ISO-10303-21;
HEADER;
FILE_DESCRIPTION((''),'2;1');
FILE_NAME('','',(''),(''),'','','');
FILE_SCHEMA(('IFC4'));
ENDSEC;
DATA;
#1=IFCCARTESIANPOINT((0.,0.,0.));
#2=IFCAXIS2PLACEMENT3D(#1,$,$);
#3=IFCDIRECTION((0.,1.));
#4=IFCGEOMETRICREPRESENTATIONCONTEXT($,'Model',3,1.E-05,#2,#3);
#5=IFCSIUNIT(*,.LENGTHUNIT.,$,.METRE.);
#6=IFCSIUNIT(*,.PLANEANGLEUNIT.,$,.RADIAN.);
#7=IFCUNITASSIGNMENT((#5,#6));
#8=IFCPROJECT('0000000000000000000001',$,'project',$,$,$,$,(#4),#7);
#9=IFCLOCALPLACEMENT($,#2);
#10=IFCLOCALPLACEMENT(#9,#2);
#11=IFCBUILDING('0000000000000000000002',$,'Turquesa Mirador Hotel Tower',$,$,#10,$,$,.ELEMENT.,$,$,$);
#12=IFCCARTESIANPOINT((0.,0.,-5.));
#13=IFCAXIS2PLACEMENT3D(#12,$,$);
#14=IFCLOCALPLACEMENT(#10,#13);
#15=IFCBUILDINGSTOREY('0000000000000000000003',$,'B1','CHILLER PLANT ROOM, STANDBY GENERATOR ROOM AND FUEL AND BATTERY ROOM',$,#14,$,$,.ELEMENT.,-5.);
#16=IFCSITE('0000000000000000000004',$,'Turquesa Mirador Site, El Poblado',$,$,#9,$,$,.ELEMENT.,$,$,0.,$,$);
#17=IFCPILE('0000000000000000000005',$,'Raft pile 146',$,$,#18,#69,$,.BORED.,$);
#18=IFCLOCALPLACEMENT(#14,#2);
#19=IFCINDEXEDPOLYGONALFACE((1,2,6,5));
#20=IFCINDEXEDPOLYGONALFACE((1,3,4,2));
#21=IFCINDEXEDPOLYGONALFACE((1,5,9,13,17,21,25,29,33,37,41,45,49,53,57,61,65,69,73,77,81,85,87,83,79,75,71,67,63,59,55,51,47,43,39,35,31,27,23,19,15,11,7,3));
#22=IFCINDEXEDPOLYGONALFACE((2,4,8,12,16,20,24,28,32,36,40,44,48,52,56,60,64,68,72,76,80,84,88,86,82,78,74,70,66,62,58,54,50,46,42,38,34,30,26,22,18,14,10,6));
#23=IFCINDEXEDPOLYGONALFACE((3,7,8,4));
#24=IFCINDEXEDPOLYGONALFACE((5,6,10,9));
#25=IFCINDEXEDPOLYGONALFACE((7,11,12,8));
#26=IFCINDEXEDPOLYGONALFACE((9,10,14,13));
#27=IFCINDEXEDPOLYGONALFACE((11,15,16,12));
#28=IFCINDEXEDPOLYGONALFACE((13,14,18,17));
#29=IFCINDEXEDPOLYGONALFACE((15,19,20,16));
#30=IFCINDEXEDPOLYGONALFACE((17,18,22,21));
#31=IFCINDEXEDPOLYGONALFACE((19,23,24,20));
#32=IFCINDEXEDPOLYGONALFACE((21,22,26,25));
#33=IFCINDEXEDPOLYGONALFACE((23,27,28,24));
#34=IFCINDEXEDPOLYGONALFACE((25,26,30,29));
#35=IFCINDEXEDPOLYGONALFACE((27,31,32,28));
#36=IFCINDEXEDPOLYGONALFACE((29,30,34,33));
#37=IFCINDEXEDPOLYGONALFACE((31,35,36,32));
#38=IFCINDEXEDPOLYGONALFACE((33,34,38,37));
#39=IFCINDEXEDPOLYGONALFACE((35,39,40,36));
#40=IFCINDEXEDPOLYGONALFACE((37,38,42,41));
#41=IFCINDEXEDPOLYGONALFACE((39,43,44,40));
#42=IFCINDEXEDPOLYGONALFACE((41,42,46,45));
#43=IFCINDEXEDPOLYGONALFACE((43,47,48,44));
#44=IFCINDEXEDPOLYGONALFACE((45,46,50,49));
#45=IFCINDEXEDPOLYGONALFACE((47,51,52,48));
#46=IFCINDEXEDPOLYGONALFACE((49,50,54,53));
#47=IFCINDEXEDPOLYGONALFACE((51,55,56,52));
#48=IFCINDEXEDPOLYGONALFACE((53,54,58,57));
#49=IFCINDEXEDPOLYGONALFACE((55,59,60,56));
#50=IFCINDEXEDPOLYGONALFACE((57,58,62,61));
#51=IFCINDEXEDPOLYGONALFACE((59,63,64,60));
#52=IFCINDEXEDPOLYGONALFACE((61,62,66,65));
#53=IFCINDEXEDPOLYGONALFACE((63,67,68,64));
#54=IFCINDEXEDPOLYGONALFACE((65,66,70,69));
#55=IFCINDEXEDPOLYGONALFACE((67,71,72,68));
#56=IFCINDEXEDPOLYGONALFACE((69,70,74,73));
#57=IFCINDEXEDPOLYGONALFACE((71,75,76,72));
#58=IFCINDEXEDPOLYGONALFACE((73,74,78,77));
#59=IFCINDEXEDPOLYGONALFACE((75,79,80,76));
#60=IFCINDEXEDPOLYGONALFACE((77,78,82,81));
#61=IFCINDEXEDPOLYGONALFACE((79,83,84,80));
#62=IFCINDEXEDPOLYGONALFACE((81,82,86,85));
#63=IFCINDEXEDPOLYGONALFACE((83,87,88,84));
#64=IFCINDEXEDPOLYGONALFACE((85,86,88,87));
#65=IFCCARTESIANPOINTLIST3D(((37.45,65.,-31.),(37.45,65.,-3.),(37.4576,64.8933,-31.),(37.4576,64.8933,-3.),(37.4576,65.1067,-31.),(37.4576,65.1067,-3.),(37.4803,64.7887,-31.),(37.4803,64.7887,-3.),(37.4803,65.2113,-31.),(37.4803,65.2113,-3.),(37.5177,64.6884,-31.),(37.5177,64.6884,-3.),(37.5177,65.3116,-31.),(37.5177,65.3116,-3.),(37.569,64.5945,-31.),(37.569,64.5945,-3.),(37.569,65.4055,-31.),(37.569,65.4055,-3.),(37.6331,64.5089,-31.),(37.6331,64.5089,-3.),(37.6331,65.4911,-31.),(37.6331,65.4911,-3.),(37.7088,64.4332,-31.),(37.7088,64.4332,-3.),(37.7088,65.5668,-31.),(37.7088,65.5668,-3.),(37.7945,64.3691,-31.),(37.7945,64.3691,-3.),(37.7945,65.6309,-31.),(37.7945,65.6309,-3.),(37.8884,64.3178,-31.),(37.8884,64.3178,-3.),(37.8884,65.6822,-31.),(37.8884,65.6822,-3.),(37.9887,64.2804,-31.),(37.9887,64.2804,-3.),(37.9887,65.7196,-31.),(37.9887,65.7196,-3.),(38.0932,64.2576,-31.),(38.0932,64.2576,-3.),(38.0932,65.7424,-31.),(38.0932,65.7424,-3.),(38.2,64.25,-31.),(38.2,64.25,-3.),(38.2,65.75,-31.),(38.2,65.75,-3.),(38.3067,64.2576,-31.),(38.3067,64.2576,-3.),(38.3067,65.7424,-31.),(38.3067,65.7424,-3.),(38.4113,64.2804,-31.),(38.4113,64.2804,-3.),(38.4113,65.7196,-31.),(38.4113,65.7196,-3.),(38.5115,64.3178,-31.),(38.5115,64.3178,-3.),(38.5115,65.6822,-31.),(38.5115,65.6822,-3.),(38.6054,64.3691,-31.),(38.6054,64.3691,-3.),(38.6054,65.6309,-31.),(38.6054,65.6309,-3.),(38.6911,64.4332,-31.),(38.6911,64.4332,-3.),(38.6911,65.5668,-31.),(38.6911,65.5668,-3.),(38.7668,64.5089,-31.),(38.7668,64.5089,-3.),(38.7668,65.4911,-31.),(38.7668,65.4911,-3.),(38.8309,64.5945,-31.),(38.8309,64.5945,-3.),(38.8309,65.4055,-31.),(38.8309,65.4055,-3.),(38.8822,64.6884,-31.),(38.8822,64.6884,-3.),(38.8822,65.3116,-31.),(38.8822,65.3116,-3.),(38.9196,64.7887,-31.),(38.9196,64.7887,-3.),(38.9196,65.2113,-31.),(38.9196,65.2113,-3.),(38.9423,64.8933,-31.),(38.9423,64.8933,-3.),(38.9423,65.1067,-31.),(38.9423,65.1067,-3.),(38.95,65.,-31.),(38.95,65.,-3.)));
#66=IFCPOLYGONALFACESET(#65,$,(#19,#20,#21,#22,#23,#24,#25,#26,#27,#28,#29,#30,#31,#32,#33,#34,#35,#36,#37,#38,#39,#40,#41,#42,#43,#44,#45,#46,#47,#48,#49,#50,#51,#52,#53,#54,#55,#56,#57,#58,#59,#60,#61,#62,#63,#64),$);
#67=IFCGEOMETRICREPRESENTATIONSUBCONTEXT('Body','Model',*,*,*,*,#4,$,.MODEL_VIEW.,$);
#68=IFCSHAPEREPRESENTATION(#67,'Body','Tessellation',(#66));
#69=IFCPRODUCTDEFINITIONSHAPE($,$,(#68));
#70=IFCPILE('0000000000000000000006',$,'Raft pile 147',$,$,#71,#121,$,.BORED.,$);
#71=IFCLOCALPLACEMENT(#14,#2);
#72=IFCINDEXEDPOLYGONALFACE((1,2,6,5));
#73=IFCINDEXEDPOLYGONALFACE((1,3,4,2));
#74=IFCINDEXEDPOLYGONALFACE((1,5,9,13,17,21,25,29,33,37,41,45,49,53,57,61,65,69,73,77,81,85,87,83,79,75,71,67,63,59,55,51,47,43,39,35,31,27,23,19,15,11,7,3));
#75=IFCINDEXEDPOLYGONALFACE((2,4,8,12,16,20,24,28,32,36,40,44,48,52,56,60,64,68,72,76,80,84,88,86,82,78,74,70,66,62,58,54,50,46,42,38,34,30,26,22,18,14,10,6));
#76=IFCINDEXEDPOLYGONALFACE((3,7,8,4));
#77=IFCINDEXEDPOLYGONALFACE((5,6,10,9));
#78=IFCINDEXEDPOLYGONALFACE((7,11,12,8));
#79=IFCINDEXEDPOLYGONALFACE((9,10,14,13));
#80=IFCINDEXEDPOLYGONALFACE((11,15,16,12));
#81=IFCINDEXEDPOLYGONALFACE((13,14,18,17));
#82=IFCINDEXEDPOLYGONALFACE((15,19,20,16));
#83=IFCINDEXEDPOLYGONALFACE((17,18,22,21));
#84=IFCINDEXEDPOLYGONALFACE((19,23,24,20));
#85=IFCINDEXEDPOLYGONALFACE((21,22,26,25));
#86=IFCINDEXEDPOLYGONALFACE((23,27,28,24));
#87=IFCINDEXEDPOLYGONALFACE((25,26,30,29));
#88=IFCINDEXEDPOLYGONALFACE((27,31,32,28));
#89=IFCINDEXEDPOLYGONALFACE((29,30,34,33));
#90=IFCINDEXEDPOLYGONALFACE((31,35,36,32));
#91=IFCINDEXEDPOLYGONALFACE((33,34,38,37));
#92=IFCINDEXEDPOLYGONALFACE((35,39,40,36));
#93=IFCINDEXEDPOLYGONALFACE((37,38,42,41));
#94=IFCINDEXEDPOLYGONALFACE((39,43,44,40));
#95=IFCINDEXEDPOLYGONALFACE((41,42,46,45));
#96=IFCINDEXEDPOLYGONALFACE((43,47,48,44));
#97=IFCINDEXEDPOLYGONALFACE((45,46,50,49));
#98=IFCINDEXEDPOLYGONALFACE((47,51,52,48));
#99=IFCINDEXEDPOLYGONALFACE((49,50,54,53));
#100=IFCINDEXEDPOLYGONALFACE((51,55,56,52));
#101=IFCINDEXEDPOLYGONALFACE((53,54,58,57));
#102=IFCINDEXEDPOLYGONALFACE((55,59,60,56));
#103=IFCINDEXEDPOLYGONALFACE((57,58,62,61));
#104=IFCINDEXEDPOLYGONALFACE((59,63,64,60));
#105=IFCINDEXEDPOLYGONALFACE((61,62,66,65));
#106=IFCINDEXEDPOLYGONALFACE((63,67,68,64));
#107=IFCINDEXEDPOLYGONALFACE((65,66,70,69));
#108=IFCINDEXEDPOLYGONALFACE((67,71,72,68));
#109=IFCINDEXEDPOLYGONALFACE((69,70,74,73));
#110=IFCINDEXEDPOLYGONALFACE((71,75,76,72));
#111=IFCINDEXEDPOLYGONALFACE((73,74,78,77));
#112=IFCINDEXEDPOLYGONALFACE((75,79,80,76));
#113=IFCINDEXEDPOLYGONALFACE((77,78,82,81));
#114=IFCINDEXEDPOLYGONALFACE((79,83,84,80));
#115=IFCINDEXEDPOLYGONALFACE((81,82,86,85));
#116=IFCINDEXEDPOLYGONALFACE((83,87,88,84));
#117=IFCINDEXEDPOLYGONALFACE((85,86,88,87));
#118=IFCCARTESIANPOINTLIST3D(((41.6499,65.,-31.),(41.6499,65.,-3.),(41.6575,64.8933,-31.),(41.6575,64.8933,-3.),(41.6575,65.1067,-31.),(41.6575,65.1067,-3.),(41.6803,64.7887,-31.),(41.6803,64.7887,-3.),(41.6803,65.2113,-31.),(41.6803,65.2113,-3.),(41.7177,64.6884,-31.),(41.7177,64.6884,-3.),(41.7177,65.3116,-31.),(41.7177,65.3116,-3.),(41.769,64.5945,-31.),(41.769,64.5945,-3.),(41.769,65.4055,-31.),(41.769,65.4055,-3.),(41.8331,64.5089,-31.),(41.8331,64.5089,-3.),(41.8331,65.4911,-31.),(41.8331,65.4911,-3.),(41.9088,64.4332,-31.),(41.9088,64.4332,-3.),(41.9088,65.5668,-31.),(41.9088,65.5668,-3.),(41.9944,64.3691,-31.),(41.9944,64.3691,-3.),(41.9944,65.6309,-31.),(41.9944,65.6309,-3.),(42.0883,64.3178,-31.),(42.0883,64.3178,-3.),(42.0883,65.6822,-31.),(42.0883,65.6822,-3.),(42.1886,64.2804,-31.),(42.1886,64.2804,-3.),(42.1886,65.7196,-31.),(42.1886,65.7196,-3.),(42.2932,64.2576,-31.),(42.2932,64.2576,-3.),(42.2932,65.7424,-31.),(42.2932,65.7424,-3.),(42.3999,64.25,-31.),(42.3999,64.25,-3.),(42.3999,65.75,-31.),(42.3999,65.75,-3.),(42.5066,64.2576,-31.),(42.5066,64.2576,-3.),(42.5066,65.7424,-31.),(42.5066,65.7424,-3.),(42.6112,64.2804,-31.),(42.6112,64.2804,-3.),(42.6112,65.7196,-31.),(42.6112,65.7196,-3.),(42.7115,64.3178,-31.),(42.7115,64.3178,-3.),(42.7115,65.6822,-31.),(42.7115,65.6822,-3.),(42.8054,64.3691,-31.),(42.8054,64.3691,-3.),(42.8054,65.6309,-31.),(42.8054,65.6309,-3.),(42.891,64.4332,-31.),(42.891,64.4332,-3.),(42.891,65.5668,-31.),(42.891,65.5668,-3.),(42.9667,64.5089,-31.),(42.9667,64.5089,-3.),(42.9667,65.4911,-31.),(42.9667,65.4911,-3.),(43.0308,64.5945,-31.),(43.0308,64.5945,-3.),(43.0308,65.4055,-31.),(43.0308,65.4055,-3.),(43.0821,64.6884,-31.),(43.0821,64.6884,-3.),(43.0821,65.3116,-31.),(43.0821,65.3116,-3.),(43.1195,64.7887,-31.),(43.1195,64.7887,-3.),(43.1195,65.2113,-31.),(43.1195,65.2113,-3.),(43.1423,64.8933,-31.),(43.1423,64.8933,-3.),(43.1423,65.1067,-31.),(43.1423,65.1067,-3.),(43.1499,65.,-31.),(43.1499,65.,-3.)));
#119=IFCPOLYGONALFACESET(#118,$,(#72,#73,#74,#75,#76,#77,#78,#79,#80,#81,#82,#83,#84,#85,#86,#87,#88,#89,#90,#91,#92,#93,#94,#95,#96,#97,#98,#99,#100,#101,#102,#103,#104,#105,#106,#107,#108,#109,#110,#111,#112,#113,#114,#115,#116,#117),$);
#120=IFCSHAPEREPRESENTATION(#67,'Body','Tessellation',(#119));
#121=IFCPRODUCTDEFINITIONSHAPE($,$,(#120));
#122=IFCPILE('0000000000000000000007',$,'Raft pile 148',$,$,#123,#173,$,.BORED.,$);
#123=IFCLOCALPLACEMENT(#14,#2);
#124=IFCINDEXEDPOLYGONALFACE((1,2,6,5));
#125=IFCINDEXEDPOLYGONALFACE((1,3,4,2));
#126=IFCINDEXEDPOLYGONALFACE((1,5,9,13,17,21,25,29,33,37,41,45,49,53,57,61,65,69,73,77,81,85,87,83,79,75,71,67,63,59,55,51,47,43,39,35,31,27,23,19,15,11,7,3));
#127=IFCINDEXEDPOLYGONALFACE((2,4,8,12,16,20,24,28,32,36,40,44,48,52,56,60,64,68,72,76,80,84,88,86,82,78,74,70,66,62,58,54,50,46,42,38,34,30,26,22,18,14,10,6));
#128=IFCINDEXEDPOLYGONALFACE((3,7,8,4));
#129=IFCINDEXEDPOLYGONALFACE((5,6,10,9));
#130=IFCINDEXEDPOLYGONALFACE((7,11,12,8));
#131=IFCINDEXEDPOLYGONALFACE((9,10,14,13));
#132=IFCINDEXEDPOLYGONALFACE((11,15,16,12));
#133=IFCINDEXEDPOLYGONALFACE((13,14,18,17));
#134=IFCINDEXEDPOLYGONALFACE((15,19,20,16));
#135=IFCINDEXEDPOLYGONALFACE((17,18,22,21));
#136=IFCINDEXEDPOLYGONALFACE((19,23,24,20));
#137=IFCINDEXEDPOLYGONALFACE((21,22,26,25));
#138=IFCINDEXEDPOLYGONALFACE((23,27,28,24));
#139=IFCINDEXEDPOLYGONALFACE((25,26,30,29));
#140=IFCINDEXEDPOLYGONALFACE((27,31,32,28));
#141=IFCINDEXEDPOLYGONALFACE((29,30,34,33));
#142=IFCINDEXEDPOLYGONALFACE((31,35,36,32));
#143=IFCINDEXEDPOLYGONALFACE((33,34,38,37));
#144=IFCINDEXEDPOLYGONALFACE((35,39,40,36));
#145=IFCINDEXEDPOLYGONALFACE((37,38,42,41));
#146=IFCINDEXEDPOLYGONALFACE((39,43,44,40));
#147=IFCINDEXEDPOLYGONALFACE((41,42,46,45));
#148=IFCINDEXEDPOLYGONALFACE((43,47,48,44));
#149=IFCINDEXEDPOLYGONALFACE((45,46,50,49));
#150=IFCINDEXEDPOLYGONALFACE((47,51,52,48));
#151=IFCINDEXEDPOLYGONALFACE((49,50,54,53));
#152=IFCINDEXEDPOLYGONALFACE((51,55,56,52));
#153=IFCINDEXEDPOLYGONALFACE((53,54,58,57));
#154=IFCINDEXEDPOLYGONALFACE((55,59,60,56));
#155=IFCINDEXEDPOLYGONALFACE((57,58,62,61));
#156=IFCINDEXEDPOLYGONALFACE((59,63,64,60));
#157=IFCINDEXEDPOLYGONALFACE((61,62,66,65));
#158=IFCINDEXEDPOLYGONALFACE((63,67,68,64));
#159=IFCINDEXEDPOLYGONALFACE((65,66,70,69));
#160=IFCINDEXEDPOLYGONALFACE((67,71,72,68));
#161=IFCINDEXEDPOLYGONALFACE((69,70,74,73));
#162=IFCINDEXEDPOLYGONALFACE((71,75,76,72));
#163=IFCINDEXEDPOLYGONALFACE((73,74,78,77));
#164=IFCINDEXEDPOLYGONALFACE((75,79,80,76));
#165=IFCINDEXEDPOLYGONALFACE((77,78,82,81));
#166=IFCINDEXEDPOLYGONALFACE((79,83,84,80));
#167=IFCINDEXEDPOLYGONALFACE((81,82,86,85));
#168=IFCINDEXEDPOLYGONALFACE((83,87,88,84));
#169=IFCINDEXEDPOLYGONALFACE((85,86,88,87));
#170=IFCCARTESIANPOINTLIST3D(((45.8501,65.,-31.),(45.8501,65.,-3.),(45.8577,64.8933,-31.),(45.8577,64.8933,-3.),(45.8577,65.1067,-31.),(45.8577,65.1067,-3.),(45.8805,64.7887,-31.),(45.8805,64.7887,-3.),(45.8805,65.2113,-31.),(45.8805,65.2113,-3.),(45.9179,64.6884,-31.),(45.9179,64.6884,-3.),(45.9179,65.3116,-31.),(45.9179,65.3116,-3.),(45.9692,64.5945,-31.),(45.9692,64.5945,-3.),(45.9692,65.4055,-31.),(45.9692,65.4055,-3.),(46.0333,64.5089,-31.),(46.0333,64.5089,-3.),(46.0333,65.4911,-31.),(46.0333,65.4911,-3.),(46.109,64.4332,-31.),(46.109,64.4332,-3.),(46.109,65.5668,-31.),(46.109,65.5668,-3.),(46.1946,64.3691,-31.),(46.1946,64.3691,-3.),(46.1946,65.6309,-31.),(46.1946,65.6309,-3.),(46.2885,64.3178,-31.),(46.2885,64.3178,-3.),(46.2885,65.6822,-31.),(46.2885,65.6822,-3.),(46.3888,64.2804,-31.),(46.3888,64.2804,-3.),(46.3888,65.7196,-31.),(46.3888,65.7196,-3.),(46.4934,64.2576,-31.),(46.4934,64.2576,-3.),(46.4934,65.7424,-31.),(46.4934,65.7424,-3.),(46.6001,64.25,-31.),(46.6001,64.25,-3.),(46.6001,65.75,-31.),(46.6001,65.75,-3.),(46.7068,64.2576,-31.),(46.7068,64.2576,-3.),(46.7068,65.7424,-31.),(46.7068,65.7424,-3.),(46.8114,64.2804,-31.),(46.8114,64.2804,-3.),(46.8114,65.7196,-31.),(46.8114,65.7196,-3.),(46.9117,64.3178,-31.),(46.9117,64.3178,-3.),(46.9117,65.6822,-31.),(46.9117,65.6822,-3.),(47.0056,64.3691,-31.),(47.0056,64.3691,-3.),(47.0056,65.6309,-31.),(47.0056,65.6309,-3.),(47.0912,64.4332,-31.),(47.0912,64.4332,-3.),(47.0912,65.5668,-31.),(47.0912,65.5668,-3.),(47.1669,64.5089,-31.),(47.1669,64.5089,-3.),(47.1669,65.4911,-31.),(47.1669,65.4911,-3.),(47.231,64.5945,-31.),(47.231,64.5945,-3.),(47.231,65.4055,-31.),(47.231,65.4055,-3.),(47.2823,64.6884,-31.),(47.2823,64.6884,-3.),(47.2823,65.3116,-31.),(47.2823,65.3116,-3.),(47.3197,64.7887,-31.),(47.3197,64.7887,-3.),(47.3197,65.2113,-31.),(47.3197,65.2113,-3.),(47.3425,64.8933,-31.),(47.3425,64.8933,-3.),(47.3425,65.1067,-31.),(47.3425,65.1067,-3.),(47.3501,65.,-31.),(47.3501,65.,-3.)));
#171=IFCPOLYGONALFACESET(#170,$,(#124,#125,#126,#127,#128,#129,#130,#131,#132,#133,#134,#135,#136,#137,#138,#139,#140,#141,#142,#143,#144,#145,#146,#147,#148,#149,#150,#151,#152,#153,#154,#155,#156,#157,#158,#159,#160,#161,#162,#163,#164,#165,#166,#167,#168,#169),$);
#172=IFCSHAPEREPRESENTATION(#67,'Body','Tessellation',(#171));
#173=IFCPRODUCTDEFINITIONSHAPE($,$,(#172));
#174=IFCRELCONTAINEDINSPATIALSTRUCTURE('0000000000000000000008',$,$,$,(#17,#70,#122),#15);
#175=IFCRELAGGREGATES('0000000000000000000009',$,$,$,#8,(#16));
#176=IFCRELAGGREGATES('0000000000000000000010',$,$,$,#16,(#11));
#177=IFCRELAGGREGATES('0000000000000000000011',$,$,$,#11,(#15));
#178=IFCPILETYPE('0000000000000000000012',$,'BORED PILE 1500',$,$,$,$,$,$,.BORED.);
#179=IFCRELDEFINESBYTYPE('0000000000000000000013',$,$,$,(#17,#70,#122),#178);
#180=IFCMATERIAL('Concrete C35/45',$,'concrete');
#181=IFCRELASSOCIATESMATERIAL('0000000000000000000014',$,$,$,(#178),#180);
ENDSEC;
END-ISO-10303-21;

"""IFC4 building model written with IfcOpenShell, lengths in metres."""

from ifc_helpers import new_model, si_unit, direction, frame, origin, origin_2d, place, context, subcontext, project, spatial, circle, extrude, material, type_object, element, save


model = new_model("IFC4")

# Units and contexts
model_context = context("Model", 3, precision=1e-05, world=origin(), true_north=direction((0.0, 1.0)))
body_context = subcontext(model_context, "Body", "Model", "MODEL_VIEW")
ifc_project = project(units=[si_unit("LENGTHUNIT", "METRE"), si_unit("PLANEANGLEUNIT", "RADIAN")], contexts=[model_context])

# Site, building, storey
site_placement = place(None, origin())
site = spatial("IfcSite", under=ifc_project, at=site_placement, Name="Turquesa Mirador Site, El Poblado", CompositionType="ELEMENT", RefElevation=0.0)
building_placement = place(site_placement, origin())
building = spatial("IfcBuilding", under=site, at=building_placement, Name="Turquesa Mirador Hotel Tower", CompositionType="ELEMENT")
storey_placement = place(building_placement, frame((0.0, 0.0, -5.0)))
storey = spatial("IfcBuildingStorey", under=building, at=storey_placement, Name="B1", Description="CHILLER PLANT ROOM, STANDBY GENERATOR ROOM AND FUEL AND BATTERY ROOM", CompositionType="ELEMENT", Elevation=-5.0)

# Piles
ifc_material_1 = material(Name="Concrete C35/45", Category="concrete")
pile_type = type_object("IfcPileType", Name="BORED PILE 1500", PredefinedType="BORED", material=ifc_material_1)
for number, where, z_axis, x_axis, name in (
    (1, (38.2, 65.0, -3.0), (0.0, 0.0, -1.0), (1.0, 0.0, 0.0), "Raft pile 146"),
    (2, (42.3999, 65.0, -3.0), (0.0, 0.0, -1.0), (1.0, 0.0, 0.0), "Raft pile 147"),
    (3, (46.6001, 65.0, -3.0), (0.0, 0.0, -1.0), (1.0, 0.0, 0.0), "Raft pile 148"),
):
    element("IfcPile", number, at=place(storey_placement, frame(where, z_axis=z_axis, x_axis=x_axis)), inside=storey, type_object=pile_type, Name=name, PredefinedType="BORED", context=body_context, shape_type="SweptSolid", body=[
        extrude(circle(Radius=0.75, at=origin_2d()), origin(), (0.0, 0.0, 1.0), 28.0),
    ])

save(model, "model.ifc")
